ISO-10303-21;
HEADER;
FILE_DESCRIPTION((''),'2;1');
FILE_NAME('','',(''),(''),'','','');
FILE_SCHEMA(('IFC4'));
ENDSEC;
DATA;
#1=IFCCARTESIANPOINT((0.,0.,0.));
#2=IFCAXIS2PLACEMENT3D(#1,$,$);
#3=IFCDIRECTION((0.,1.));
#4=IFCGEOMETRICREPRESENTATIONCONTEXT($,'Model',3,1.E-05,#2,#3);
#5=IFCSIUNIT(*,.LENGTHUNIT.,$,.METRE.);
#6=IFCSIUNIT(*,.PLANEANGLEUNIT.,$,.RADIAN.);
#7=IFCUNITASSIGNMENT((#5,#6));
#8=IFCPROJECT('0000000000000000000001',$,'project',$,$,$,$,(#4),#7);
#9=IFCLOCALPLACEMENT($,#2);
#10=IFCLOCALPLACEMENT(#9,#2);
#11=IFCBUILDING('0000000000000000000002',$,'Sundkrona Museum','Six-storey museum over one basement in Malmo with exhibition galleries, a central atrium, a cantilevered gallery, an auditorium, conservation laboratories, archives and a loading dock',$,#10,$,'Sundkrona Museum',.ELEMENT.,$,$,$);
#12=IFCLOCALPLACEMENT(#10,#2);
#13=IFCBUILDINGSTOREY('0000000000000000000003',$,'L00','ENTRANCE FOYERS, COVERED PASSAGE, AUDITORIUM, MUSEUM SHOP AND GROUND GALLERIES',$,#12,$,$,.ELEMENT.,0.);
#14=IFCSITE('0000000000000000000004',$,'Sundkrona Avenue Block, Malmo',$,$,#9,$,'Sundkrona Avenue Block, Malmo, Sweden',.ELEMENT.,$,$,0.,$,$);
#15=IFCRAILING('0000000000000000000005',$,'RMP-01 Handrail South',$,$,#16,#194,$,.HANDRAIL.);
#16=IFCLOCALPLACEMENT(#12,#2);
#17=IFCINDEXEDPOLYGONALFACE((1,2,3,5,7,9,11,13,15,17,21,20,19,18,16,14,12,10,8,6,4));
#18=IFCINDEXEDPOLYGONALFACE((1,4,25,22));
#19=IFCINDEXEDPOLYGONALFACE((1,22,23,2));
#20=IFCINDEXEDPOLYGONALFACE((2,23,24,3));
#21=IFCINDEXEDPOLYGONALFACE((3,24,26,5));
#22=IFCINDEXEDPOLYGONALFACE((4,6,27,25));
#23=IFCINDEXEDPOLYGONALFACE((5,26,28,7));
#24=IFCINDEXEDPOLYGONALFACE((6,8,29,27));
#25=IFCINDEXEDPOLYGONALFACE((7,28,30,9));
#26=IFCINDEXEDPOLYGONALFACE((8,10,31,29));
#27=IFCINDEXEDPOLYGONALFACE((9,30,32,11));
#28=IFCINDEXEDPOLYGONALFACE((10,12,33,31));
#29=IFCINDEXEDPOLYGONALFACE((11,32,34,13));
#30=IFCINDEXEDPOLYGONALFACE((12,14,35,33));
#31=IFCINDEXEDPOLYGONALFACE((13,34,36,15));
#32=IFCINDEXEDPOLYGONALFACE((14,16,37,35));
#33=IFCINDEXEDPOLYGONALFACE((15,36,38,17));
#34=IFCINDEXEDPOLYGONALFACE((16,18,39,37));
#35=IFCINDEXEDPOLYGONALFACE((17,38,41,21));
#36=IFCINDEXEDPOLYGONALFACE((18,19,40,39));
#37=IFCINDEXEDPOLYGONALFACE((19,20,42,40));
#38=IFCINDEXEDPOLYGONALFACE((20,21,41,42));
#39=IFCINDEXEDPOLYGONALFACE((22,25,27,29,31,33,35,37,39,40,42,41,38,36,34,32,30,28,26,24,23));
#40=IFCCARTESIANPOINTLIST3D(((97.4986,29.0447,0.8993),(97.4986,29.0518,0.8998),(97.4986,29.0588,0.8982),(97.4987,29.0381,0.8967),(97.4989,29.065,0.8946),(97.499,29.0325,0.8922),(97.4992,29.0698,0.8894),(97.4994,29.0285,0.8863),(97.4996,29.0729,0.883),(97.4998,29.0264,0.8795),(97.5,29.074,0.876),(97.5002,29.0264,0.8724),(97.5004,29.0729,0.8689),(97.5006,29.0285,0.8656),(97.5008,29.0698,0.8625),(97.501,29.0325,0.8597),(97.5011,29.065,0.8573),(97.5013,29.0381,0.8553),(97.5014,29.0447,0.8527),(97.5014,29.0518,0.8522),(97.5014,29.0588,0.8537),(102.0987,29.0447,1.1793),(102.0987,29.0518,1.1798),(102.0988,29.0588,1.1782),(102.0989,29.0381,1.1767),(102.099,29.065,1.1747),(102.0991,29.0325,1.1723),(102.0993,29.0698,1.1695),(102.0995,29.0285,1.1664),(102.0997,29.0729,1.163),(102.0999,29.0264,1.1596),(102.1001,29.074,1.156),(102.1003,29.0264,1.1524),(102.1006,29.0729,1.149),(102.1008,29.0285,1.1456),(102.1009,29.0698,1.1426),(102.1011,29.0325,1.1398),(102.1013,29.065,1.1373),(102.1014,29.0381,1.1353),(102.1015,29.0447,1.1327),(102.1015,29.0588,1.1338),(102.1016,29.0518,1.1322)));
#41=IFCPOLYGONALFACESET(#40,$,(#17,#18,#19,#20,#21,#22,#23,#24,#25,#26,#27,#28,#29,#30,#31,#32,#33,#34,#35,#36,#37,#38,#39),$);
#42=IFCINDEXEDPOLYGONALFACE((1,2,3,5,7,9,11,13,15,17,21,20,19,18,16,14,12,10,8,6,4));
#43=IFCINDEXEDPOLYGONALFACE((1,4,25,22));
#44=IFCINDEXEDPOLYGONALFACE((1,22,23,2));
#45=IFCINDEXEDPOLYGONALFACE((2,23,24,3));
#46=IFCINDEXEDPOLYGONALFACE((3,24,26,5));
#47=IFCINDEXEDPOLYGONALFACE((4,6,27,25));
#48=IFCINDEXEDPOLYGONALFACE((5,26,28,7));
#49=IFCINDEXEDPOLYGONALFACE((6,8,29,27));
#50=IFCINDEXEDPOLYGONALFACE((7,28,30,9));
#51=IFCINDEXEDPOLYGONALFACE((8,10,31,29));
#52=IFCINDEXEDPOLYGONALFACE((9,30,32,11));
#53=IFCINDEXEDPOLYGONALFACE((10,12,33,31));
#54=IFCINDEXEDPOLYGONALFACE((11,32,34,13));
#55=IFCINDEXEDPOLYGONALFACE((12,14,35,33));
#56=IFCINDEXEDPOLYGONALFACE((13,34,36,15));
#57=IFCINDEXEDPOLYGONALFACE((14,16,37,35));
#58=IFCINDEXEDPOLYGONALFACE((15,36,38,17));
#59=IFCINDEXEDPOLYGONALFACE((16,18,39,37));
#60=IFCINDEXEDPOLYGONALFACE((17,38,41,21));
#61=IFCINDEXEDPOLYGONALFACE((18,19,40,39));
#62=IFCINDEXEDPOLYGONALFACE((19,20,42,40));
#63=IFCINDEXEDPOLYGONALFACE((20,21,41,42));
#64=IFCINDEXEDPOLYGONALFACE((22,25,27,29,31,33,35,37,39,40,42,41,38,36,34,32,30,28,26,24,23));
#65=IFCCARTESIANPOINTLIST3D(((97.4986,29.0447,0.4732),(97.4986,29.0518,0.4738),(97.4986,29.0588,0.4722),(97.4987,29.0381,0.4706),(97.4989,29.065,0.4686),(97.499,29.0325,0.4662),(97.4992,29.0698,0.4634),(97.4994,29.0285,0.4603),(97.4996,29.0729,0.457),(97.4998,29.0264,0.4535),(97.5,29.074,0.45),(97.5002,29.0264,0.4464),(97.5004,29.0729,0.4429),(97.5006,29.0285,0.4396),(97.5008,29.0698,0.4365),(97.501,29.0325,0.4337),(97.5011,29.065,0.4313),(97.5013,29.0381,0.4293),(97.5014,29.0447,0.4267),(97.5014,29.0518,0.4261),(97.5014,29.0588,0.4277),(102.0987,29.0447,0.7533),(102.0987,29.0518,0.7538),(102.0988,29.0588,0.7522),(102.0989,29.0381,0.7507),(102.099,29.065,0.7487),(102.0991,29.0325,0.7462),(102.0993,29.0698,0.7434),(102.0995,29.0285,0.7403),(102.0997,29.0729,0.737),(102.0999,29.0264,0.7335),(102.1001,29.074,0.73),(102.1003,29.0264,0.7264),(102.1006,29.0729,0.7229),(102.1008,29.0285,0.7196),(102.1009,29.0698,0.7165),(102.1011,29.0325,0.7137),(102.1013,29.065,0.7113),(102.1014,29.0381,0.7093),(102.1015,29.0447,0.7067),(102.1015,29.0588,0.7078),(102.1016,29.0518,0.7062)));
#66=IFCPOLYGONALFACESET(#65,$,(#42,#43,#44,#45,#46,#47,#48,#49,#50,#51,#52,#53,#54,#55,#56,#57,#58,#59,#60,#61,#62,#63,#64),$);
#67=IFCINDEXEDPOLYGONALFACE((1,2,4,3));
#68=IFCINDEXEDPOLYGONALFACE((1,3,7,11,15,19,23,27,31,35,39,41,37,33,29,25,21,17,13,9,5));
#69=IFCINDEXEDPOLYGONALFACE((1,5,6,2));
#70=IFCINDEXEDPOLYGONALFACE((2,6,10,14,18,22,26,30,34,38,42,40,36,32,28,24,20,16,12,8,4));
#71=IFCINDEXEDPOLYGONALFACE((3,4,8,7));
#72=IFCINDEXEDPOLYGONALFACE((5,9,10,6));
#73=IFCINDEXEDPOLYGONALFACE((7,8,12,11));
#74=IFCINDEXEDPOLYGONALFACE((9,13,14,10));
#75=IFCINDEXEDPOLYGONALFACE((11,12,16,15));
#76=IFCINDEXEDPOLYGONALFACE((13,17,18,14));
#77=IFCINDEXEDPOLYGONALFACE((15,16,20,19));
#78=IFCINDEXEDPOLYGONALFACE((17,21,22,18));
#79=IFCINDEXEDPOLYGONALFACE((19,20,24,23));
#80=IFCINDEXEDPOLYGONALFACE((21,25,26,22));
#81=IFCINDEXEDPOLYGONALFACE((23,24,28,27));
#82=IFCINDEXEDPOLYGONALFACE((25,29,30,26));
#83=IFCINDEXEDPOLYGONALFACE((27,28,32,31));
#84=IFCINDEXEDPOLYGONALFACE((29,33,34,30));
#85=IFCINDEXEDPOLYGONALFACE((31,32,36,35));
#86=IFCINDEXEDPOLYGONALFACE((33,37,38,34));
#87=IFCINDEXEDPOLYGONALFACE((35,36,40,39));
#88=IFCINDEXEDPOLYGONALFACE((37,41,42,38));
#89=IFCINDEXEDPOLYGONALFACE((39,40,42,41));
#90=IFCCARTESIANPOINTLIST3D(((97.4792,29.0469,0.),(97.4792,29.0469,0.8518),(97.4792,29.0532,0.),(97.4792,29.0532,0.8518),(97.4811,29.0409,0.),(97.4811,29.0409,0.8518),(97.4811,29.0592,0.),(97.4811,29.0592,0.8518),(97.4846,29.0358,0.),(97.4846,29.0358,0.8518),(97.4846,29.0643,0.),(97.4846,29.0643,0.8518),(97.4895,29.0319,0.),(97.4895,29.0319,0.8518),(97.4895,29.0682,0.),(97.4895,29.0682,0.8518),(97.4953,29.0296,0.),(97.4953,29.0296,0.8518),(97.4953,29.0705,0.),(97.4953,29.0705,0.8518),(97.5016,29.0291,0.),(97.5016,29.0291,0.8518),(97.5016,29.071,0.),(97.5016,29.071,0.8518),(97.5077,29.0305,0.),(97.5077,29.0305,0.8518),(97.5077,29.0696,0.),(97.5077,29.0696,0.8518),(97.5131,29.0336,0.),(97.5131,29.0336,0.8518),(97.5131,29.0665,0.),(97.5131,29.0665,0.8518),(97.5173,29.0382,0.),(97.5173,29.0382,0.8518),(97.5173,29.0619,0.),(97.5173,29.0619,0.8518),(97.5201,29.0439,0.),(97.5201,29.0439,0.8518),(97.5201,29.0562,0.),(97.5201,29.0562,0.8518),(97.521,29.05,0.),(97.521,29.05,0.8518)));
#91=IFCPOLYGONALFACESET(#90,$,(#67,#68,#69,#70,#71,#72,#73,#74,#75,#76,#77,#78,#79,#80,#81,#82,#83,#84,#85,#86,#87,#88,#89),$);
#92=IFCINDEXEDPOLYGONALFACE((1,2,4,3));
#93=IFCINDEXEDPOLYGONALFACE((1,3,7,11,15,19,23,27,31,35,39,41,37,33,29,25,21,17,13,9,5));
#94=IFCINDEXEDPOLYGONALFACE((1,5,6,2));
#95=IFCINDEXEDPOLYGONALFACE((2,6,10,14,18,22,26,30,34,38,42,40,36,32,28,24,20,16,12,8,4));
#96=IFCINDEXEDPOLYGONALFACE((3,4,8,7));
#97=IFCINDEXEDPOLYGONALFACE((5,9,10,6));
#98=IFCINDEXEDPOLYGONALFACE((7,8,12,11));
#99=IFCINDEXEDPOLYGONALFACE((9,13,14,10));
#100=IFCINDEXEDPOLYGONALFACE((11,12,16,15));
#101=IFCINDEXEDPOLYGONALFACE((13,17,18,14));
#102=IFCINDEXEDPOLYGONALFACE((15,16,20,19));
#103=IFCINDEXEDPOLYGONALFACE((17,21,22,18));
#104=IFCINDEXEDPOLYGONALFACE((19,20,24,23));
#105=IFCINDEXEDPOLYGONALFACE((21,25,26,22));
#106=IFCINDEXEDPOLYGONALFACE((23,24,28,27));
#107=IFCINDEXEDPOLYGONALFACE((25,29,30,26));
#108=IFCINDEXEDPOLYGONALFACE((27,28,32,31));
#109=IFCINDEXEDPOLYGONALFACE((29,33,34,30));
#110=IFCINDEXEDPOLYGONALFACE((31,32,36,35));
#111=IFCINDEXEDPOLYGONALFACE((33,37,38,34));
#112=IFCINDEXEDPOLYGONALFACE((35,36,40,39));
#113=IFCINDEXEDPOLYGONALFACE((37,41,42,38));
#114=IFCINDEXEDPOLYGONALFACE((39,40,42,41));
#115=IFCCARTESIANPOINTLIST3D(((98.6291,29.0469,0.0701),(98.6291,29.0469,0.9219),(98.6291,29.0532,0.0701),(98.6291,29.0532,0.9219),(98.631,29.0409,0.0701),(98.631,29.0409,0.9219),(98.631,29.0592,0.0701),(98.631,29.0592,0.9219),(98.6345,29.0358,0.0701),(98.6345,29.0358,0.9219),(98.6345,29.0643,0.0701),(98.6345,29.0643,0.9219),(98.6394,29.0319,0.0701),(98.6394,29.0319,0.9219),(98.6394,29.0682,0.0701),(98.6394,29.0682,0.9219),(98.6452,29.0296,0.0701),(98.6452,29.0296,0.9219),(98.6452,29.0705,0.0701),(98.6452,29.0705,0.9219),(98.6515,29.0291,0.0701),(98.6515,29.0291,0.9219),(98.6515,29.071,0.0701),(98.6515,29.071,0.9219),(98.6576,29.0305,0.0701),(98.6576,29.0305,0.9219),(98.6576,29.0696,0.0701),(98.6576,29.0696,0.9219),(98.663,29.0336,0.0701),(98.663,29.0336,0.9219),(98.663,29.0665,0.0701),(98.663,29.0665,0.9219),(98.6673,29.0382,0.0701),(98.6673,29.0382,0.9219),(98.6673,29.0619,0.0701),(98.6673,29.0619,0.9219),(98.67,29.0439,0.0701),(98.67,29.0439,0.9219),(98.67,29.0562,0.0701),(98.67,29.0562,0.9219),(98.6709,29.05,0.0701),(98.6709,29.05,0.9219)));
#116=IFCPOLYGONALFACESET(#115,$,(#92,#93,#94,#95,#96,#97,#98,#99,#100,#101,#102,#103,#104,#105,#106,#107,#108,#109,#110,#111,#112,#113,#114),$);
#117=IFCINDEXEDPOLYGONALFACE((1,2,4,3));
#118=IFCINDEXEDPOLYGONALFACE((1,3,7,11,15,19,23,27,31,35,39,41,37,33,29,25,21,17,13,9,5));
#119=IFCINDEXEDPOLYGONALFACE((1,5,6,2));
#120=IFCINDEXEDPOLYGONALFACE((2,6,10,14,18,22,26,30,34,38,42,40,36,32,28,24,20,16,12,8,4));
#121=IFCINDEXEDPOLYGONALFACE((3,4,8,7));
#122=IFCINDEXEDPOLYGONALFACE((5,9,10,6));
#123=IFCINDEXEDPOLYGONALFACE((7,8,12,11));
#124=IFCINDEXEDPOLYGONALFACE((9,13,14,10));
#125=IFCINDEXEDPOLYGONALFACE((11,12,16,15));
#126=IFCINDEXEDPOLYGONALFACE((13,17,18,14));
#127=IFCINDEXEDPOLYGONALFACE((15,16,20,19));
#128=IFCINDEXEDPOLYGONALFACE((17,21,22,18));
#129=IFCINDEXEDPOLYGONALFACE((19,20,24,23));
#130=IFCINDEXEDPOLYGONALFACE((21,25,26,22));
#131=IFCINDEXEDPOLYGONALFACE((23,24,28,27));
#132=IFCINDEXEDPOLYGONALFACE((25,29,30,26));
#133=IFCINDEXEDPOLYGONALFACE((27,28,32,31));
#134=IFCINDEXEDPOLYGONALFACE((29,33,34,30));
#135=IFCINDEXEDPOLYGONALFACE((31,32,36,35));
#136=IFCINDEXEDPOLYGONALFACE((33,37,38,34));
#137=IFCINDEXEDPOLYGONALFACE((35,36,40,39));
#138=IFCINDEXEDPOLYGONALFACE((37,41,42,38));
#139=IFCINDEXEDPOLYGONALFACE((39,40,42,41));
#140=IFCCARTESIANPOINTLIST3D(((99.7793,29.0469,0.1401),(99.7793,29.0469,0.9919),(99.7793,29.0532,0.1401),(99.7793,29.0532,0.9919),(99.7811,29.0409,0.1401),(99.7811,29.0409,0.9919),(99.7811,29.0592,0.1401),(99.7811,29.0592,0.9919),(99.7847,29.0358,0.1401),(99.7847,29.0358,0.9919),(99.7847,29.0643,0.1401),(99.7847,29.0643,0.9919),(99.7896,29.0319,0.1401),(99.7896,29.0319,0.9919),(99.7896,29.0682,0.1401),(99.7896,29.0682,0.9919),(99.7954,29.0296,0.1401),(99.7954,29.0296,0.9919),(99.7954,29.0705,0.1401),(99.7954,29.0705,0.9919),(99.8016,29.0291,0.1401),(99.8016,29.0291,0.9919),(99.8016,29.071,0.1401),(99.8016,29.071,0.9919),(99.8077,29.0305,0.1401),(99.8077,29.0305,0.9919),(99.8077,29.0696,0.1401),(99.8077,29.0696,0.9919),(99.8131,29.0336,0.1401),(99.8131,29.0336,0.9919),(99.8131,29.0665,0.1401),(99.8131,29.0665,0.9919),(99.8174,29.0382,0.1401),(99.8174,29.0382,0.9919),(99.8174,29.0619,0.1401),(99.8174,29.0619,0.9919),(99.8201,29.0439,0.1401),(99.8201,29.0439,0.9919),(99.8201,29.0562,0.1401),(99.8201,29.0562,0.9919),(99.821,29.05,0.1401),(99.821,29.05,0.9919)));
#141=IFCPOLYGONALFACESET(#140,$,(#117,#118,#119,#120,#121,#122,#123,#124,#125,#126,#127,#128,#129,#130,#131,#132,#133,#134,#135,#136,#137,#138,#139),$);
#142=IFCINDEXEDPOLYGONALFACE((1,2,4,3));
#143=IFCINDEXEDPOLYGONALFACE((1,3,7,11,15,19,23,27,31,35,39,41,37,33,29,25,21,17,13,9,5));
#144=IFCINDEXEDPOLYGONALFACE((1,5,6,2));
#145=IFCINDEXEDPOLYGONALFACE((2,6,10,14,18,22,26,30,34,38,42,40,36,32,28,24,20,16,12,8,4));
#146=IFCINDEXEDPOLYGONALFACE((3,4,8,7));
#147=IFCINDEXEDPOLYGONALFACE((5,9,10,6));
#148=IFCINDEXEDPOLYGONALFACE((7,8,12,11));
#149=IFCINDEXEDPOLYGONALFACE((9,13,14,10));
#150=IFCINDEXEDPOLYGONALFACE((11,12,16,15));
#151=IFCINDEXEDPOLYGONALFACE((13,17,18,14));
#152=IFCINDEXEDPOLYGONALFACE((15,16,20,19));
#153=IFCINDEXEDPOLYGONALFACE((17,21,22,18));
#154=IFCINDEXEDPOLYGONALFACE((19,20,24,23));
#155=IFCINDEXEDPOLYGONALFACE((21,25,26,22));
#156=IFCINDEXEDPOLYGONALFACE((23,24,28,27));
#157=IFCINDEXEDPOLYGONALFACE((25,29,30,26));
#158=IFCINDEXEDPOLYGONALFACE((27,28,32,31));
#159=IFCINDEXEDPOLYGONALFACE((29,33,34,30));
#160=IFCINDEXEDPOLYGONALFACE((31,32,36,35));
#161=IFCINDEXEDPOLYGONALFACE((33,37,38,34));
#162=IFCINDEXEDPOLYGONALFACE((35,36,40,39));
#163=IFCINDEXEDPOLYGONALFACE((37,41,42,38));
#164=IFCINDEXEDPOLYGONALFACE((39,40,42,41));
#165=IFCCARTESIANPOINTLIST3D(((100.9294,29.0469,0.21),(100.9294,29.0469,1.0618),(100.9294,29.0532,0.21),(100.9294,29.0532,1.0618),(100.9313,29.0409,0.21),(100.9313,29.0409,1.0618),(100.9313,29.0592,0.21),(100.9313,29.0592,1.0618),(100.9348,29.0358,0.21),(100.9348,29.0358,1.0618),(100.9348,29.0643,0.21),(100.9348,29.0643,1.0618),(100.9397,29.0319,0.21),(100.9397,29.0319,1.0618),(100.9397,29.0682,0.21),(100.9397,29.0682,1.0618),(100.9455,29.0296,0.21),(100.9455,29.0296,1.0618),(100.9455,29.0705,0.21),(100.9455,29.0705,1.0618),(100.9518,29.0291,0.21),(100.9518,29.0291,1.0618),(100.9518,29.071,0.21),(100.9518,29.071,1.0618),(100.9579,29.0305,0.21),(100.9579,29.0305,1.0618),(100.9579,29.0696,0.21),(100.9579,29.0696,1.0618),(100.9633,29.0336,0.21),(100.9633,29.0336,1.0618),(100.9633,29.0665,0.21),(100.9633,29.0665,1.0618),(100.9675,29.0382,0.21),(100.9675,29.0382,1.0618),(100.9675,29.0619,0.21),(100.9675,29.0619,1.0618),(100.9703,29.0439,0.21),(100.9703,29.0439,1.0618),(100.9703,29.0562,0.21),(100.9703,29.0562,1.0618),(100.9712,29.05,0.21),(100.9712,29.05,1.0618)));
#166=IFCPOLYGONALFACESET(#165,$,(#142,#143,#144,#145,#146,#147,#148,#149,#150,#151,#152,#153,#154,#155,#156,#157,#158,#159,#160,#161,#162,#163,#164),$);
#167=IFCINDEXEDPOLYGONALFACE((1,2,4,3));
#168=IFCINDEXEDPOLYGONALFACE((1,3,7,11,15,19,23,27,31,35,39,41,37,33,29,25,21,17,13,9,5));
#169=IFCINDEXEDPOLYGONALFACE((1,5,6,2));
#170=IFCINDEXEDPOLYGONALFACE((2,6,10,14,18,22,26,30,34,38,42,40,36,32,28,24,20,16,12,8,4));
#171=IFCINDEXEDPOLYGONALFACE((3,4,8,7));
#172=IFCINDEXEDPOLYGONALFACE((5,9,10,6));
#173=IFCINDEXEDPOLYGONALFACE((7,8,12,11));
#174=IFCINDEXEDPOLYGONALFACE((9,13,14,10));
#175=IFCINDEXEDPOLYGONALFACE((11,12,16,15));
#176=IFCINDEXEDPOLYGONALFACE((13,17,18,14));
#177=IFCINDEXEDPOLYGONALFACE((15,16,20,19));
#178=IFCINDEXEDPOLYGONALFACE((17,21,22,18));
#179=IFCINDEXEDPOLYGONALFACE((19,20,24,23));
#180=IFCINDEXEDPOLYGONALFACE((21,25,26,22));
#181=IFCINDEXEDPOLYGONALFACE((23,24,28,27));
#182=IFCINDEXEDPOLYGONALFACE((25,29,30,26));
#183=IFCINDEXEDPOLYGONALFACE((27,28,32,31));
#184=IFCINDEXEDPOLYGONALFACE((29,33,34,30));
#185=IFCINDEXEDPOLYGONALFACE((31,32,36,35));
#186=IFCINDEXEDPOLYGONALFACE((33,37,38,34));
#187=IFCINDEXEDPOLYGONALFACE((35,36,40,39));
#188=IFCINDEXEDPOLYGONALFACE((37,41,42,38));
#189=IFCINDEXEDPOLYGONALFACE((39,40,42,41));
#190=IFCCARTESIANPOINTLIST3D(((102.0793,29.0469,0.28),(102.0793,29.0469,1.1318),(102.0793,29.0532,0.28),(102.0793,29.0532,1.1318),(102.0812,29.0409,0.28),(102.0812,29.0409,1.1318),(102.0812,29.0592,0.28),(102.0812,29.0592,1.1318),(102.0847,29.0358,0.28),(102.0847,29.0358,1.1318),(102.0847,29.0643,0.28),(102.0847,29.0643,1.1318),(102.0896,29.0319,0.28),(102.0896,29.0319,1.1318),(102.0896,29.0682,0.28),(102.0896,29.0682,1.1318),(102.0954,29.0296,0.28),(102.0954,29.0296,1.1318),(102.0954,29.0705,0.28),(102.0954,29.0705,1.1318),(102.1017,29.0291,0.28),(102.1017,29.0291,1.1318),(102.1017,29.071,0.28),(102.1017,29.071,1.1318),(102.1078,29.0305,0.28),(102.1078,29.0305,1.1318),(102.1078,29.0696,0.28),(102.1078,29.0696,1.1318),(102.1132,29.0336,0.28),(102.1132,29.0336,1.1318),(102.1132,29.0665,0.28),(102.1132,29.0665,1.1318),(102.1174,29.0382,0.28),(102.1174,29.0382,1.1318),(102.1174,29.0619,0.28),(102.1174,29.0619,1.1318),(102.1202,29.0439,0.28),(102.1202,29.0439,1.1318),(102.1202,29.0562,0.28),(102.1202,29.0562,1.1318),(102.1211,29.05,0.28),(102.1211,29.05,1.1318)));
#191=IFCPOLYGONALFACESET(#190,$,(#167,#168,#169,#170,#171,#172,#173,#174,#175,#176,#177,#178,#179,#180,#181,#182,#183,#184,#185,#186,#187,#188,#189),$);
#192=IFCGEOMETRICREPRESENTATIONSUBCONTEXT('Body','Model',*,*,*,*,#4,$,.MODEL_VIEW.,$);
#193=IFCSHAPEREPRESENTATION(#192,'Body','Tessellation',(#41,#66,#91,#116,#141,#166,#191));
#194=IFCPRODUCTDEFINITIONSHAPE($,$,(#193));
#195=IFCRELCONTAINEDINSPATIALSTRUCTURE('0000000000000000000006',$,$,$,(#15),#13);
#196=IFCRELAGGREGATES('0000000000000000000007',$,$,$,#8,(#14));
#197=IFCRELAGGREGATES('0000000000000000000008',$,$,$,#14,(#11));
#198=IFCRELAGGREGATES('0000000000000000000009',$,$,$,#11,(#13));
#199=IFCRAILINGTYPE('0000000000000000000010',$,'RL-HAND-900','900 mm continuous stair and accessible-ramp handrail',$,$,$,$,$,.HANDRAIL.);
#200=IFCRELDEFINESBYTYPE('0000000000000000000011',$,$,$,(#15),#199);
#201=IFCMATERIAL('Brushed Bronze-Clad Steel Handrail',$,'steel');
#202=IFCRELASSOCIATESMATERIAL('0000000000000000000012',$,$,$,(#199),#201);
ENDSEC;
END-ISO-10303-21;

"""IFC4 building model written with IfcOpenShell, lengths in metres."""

from ifc_helpers import new_model, si_unit, direction, frame, origin, origin_2d, place, context, subcontext, project, spatial, circle, extrude, material, type_object, element, save


model = new_model("IFC4")

# Units and contexts
model_context = context("Model", 3, precision=1e-05, world=origin(), true_north=direction((0.0, 1.0)))
body_context = subcontext(model_context, "Body", "Model", "MODEL_VIEW")
ifc_project = project(units=[si_unit("LENGTHUNIT", "METRE"), si_unit("PLANEANGLEUNIT", "RADIAN")], contexts=[model_context])

# Site, building, storey
site_placement = place(None, origin())
site = spatial("IfcSite", under=ifc_project, at=site_placement, Name="Sundkrona Avenue Block, Malmo", LongName="Sundkrona Avenue Block, Malmo, Sweden", CompositionType="ELEMENT", RefElevation=0.0)
building_placement = place(site_placement, origin())
building = spatial("IfcBuilding", under=site, at=building_placement, Name="Sundkrona Museum", Description="Six-storey museum over one basement in Malmo with exhibition galleries, a central atrium, a cantilevered gallery, an auditorium, conservation laboratories, archives and a loading dock", LongName="Sundkrona Museum", CompositionType="ELEMENT")
storey_placement = place(building_placement, origin())
storey = spatial("IfcBuildingStorey", under=building, at=storey_placement, Name="L00", Description="ENTRANCE FOYERS, COVERED PASSAGE, AUDITORIUM, MUSEUM SHOP AND GROUND GALLERIES", CompositionType="ELEMENT", Elevation=0.0)

# Railing
ifc_material_1 = material(Name="Brushed Bronze-Clad Steel Handrail", Category="steel")
railing_type_1 = type_object("IfcRailingType", Name="RL-HAND-900", Description="900 mm continuous stair and accessible-ramp handrail", PredefinedType="HANDRAIL", material=ifc_material_1)
railing_1_placement = place(storey_placement, frame((97.5, 29.05, 0.0)))
element("IfcRailing", 1, at=railing_1_placement, inside=storey, type_object=railing_type_1, Name="RMP-01 Handrail South", PredefinedType="HANDRAIL", context=body_context, shape_type="SweptSolid", body=[
    extrude(circle(Radius=0.0239, at=origin_2d()), frame((0.0, 0.0, 0.876), z_axis=(0.998152, 0.0, 0.060762), x_axis=(0.0, 1.0, 0.0)), (0.0, 0.0, 1.0), 4.6086),
    extrude(circle(Radius=0.0239, at=origin_2d()), frame((0.0, 0.0, 0.45), z_axis=(0.998152, 0.0, 0.060762), x_axis=(0.0, 1.0, 0.0)), (0.0, 0.0, 1.0), 4.6086),
    extrude(circle(Radius=0.021, at=origin_2d()), origin(), (0.0, 0.0, 1.0), 0.8518),
    extrude(circle(Radius=0.021, at=origin_2d()), frame((1.1499, 0.0, 0.0701)), (0.0, 0.0, 1.0), 0.8518),
    extrude(circle(Radius=0.021, at=origin_2d()), frame((2.3, 0.0, 0.1401)), (0.0, 0.0, 1.0), 0.8518),
    extrude(circle(Radius=0.021, at=origin_2d()), frame((3.4502, 0.0, 0.21)), (0.0, 0.0, 1.0), 0.8518),
    extrude(circle(Radius=0.021, at=origin_2d()), frame((4.6001, 0.0, 0.28)), (0.0, 0.0, 1.0), 0.8518),
])

save(model, "model.ifc")
